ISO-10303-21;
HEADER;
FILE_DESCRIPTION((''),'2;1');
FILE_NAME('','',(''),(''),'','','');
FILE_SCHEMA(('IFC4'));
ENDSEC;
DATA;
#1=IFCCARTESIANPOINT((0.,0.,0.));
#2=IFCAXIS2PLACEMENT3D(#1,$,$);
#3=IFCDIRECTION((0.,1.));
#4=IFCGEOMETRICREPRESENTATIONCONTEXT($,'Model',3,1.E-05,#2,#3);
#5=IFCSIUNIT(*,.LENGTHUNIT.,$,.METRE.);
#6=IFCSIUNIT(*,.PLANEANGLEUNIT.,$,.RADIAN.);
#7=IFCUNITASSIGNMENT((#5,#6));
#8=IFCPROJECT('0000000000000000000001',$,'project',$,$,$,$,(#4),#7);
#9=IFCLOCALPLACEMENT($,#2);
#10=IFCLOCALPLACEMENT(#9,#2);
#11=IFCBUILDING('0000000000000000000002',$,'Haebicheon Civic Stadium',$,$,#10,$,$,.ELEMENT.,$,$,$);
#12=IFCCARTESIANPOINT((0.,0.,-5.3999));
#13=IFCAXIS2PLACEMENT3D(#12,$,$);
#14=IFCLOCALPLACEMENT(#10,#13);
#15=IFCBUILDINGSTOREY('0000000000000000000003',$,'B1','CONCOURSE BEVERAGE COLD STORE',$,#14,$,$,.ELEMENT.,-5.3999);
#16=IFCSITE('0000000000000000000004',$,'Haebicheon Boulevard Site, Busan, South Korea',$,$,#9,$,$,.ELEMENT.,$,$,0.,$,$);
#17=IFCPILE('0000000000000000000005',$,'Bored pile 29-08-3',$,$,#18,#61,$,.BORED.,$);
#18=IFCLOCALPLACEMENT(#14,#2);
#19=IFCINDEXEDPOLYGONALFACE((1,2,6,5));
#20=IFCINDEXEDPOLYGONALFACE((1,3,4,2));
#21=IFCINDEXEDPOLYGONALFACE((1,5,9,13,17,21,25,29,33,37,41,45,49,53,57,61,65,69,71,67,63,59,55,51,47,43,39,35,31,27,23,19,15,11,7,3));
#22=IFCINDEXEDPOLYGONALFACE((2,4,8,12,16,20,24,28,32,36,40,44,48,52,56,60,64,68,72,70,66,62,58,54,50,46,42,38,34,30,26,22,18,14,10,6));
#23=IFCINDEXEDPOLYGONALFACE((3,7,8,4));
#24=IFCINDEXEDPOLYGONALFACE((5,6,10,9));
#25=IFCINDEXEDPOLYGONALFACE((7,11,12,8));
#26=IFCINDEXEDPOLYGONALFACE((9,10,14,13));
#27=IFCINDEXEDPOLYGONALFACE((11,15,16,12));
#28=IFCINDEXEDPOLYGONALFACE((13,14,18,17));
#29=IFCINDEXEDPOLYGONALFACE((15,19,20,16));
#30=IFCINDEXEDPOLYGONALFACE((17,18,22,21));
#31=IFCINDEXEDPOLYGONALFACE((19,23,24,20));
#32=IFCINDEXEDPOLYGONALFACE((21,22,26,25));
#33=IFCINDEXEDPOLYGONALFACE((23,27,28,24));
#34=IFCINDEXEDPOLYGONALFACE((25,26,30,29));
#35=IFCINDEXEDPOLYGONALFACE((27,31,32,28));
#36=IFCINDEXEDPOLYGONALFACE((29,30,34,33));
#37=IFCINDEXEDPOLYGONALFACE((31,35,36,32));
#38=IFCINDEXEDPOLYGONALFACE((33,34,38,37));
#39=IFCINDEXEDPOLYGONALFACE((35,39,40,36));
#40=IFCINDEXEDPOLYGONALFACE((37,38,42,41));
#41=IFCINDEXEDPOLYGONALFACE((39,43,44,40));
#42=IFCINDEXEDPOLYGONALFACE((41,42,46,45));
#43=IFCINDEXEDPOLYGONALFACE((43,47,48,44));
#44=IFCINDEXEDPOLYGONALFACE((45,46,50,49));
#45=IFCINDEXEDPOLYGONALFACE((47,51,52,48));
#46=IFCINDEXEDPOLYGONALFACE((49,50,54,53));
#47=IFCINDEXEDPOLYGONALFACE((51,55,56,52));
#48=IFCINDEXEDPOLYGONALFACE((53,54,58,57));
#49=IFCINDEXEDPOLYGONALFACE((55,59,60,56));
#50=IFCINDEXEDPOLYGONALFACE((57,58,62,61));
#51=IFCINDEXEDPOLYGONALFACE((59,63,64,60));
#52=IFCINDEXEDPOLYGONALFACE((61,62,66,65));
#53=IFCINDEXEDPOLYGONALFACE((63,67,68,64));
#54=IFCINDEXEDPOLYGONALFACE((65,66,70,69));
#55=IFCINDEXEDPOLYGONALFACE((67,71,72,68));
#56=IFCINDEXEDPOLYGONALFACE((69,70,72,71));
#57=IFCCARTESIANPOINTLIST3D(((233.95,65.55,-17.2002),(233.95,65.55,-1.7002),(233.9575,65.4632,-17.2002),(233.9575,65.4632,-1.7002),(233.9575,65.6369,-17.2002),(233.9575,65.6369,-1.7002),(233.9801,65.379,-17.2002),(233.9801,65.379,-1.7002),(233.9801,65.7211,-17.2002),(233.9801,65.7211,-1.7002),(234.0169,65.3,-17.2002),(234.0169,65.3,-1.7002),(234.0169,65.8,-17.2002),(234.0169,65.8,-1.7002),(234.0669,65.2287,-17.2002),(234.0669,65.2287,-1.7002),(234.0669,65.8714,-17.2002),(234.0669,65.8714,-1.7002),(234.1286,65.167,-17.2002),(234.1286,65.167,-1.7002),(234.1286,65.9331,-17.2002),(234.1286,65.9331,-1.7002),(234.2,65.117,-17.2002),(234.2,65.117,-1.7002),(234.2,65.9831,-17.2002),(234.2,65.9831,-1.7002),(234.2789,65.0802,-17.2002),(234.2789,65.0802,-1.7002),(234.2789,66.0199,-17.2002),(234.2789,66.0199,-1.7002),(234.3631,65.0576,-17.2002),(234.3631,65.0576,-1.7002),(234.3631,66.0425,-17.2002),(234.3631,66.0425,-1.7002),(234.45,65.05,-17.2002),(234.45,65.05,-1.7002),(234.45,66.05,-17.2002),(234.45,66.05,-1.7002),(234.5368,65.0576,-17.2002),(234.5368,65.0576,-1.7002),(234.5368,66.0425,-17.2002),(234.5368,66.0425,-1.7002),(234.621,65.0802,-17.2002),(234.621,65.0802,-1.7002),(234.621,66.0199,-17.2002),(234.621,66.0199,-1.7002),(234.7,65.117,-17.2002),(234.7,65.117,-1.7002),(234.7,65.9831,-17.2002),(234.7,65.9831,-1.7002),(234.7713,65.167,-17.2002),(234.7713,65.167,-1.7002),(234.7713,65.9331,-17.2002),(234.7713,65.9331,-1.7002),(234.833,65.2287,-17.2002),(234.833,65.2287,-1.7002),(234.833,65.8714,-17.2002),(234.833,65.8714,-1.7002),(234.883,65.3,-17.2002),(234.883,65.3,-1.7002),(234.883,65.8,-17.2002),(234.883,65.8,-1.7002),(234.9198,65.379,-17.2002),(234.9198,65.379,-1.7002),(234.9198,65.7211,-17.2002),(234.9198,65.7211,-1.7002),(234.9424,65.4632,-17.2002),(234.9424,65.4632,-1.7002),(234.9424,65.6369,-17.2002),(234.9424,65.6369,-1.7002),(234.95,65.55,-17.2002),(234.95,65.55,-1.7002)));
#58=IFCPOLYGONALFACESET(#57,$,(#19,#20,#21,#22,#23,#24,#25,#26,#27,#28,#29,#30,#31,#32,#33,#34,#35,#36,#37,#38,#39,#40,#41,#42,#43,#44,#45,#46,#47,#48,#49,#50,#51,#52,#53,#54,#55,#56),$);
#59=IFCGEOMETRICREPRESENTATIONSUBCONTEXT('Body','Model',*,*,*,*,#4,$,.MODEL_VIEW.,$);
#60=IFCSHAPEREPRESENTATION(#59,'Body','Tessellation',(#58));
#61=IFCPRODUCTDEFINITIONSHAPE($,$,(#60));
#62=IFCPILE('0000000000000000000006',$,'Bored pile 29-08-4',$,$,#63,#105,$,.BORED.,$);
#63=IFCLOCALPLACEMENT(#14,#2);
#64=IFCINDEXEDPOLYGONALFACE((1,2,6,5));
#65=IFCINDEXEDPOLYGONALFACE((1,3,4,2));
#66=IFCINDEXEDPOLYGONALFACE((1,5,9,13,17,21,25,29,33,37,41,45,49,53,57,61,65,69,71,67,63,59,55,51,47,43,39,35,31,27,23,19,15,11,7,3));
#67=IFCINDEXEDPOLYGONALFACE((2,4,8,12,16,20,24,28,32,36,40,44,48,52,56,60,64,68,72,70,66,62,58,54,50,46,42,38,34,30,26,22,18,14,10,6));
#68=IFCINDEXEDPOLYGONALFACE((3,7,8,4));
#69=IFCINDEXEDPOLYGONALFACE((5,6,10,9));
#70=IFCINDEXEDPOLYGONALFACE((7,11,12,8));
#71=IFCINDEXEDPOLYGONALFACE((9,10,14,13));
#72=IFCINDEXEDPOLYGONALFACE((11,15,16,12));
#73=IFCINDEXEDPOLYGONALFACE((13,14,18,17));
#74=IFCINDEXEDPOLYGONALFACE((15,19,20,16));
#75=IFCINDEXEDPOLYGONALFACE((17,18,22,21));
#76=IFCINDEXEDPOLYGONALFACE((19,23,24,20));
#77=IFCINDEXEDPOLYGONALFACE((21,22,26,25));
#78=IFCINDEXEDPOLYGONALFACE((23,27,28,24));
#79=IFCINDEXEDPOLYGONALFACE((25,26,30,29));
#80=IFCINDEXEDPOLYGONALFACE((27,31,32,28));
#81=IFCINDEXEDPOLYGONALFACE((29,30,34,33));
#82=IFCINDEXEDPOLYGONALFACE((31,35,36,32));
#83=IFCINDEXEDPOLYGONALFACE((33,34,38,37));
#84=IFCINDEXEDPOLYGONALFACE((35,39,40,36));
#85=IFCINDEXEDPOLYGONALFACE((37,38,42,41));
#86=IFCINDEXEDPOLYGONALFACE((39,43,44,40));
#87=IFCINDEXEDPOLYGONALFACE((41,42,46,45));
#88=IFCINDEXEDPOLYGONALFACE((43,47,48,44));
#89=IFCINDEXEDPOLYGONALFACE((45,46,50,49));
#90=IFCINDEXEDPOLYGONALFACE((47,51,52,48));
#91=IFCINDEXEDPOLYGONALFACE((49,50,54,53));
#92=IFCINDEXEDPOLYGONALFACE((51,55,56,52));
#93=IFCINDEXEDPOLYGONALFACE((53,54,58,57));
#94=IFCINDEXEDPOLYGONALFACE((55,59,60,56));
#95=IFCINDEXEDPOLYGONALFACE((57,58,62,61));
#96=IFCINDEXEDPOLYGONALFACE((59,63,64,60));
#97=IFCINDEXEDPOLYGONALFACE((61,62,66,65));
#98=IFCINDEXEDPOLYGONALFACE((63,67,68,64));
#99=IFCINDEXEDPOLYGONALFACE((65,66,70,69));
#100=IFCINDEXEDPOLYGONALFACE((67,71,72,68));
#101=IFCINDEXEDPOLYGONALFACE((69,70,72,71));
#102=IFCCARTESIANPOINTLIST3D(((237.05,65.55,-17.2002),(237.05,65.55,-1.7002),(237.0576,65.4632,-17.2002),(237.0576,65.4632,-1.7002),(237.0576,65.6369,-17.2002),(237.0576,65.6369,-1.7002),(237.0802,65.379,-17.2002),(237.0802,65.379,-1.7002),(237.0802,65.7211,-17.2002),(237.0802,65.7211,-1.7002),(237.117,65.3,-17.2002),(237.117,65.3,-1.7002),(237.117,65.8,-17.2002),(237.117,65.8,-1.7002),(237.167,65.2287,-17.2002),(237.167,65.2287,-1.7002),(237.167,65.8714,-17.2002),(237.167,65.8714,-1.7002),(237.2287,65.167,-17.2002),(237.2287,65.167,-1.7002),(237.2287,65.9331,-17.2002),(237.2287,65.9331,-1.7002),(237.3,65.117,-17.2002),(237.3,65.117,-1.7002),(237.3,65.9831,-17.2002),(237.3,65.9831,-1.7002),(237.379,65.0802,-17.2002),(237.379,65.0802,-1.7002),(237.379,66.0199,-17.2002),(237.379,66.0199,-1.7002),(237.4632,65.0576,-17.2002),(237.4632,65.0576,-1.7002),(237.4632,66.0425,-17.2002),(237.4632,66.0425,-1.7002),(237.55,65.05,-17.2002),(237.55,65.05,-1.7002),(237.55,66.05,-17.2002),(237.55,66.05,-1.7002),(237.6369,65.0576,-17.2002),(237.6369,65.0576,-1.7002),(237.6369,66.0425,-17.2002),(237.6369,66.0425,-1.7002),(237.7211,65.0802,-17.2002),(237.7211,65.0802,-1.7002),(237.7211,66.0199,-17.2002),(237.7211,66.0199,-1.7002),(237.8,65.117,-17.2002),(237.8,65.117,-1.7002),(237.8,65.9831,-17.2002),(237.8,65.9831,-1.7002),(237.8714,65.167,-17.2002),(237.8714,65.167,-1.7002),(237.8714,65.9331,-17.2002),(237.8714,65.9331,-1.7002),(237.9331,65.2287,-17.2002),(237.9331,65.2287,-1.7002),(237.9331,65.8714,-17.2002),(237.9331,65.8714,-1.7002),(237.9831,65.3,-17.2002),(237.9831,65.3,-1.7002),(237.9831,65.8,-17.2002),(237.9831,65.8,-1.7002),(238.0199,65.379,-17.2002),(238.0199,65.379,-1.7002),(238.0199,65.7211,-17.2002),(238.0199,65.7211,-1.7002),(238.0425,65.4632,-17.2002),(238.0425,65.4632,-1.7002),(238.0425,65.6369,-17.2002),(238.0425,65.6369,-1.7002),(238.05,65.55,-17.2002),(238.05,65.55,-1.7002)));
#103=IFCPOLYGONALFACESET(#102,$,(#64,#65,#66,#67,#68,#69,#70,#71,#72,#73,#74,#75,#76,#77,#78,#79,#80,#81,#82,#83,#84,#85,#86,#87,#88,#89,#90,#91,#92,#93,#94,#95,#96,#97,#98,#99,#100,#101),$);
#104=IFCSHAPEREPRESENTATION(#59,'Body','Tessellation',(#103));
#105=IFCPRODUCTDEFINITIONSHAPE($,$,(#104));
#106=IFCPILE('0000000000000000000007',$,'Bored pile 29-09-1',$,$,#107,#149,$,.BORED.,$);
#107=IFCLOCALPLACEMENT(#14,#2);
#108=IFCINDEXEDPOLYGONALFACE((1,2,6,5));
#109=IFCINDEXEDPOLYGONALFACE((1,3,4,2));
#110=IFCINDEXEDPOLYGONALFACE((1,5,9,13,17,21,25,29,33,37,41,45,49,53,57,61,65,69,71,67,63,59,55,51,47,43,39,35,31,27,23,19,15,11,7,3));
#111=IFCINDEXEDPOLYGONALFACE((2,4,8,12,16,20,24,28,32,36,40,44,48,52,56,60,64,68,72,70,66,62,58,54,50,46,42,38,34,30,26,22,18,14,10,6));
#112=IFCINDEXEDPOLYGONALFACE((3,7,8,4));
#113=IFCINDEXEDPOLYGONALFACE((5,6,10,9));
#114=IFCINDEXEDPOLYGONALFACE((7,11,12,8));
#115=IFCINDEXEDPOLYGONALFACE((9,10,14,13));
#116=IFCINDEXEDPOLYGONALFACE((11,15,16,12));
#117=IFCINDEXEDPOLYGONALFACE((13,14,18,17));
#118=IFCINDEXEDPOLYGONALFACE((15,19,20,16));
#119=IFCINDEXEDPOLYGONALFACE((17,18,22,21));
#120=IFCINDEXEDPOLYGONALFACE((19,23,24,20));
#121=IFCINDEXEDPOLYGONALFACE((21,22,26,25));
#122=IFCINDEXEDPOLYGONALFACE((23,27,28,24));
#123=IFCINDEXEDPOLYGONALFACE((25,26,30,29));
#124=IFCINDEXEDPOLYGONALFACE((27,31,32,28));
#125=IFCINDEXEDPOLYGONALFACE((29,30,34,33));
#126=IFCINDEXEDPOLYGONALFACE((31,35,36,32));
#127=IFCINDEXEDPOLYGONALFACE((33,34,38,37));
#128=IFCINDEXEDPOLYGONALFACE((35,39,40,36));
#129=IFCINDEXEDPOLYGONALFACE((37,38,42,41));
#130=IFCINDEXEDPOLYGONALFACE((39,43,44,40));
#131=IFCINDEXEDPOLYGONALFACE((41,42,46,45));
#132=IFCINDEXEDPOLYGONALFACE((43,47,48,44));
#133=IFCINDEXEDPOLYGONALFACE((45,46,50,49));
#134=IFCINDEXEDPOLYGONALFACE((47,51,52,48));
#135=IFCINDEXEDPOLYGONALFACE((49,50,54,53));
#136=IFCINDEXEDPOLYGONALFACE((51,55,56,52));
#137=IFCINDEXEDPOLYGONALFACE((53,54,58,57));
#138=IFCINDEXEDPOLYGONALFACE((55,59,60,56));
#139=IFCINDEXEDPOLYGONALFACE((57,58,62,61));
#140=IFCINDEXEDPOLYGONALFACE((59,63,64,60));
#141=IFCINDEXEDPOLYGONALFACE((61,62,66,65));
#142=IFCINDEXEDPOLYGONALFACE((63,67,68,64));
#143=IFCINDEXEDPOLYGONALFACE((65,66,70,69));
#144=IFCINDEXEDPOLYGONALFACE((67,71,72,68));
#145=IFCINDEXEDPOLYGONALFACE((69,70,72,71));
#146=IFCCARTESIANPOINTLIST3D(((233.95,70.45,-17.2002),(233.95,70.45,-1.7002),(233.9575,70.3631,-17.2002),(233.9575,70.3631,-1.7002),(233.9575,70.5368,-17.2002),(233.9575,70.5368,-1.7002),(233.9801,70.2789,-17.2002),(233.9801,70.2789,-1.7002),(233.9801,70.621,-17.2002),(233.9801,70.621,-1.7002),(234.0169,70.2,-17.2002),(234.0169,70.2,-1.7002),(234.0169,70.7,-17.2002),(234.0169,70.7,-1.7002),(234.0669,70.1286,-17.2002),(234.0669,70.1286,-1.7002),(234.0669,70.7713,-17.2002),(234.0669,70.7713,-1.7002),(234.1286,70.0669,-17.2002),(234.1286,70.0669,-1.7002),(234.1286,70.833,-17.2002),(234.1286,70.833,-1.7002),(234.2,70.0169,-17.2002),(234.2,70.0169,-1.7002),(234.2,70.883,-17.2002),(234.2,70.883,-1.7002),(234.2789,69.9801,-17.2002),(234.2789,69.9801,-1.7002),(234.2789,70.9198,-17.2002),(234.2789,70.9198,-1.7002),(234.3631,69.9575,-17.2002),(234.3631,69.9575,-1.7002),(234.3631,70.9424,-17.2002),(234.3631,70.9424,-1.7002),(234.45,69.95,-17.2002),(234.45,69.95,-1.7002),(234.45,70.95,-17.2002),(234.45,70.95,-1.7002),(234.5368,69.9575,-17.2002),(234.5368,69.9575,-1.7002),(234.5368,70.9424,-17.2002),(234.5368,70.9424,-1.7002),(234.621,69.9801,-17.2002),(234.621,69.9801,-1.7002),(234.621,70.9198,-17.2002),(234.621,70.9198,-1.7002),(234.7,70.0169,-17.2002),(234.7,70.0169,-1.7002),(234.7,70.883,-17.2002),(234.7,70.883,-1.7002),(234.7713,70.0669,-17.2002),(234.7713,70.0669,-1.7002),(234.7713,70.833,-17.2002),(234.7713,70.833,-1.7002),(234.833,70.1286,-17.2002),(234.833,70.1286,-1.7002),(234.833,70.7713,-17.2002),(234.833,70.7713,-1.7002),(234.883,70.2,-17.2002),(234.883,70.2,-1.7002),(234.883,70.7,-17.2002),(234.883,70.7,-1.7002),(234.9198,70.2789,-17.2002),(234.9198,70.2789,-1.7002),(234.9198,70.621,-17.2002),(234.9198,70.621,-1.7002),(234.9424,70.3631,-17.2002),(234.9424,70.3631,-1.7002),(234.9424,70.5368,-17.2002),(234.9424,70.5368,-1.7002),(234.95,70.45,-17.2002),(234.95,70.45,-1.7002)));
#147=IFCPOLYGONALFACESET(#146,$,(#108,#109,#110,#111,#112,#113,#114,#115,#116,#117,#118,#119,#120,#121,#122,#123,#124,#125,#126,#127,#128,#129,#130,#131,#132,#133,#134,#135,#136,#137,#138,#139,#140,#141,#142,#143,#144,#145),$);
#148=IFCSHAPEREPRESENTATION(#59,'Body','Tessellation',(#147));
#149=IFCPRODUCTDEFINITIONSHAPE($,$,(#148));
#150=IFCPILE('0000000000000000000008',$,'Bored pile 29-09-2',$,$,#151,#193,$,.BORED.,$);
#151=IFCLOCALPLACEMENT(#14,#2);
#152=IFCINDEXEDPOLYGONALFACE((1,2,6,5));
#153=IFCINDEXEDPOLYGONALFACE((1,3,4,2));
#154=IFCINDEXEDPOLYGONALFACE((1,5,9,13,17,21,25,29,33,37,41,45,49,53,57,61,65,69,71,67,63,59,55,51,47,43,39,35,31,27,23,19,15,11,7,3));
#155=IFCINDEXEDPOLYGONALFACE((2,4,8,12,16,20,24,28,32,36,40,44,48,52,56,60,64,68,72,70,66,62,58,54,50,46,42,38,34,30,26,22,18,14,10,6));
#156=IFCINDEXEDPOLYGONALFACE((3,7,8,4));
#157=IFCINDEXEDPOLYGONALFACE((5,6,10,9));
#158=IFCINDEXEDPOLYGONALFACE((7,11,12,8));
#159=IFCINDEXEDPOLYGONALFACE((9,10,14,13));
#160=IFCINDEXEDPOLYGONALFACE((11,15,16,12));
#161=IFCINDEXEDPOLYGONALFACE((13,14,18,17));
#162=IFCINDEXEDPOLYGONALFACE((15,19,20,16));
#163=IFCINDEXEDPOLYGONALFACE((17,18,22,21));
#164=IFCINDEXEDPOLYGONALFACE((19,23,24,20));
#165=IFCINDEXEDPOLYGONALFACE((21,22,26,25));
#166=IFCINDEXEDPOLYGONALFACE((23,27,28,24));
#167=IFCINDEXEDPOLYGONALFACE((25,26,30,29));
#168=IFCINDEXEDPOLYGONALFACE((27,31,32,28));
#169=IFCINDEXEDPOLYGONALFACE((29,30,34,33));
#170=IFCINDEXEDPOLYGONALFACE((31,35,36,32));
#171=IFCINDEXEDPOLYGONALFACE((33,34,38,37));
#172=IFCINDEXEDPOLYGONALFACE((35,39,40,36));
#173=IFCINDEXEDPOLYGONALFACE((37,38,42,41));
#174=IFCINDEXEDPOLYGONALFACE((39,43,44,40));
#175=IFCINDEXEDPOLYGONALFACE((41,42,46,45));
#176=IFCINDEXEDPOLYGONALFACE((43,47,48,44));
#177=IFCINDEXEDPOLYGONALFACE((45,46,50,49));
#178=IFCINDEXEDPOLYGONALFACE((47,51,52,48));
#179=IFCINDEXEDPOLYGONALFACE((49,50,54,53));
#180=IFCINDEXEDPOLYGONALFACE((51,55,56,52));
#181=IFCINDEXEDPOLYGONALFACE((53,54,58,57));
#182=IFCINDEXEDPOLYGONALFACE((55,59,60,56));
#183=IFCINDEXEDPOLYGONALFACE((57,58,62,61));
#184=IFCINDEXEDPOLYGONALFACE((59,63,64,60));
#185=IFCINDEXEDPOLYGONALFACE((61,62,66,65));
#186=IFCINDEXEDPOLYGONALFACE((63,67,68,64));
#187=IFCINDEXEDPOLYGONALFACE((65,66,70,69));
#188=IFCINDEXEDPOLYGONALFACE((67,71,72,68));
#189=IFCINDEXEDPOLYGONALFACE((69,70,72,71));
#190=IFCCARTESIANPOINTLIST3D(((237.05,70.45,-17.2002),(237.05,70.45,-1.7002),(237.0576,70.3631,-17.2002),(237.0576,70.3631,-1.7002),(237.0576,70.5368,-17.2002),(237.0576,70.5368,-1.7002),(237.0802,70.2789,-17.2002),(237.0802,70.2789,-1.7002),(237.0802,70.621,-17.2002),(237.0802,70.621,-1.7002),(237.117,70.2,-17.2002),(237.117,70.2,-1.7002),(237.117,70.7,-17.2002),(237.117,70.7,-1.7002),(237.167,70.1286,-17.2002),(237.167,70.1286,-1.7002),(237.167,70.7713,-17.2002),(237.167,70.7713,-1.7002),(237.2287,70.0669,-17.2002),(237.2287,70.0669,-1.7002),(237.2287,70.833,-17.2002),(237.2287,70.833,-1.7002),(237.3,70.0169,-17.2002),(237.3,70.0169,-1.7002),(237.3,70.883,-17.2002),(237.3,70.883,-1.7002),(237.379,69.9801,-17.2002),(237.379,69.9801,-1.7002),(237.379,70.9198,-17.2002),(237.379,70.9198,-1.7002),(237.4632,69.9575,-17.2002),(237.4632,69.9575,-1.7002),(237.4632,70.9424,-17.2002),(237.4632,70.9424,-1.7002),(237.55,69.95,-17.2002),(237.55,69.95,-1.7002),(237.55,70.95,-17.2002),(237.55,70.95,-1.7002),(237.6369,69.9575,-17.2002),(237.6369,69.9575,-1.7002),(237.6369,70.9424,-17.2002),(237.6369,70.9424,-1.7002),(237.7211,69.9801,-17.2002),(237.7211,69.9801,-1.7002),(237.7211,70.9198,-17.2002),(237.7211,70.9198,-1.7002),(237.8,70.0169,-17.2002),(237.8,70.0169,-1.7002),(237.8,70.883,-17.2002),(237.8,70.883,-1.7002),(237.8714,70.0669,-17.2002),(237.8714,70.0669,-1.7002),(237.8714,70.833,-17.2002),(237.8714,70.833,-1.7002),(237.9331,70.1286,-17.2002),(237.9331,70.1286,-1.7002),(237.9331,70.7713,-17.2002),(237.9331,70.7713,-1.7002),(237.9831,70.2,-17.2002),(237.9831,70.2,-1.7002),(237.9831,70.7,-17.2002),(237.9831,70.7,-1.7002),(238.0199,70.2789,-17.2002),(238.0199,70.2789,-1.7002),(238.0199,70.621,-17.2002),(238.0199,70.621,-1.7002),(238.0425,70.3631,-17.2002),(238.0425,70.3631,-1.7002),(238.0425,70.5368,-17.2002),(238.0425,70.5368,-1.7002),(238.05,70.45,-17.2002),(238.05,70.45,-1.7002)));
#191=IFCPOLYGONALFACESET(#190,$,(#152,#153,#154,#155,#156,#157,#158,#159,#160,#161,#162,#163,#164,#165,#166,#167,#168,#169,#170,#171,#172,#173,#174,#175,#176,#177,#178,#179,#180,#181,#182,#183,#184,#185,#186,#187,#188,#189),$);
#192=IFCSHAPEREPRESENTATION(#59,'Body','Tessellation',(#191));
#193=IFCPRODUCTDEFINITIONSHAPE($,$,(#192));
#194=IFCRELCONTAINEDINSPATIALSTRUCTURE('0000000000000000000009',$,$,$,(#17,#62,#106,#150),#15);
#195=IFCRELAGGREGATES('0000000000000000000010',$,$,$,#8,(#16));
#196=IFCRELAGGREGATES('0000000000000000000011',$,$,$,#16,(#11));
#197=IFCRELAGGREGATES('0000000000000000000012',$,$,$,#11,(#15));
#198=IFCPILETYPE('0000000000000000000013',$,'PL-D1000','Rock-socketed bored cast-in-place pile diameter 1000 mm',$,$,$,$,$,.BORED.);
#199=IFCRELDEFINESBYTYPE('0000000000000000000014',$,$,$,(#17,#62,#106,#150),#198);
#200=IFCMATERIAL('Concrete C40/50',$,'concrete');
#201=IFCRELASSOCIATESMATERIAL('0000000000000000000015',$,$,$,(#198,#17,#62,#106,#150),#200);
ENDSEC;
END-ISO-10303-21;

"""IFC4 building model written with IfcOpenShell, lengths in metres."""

from ifc_helpers import new_model, si_unit, direction, frame, origin, origin_2d, place, context, subcontext, project, spatial, circle, extrude, material, material_profile, profile_set, type_object, element, save


model = new_model("IFC4")

# Units and contexts
model_context = context("Model", 3, precision=1e-05, world=origin(), true_north=direction((0.0, 1.0)))
body_context = subcontext(model_context, "Body", "Model", "MODEL_VIEW")
ifc_project = project(units=[si_unit("LENGTHUNIT", "METRE"), si_unit("PLANEANGLEUNIT", "RADIAN")], contexts=[model_context])

# Site, building, storey
site_placement = place(None, origin())
site = spatial("IfcSite", under=ifc_project, at=site_placement, Name="Haebicheon Boulevard Site, Busan, South Korea", CompositionType="ELEMENT", RefElevation=0.0)
building_placement = place(site_placement, origin())
building = spatial("IfcBuilding", under=site, at=building_placement, Name="Haebicheon Civic Stadium", CompositionType="ELEMENT")
storey_placement = place(building_placement, frame((0.0, 0.0, -5.3999)))
storey = spatial("IfcBuildingStorey", under=building, at=storey_placement, Name="B1", Description="CONCOURSE BEVERAGE COLD STORE", CompositionType="ELEMENT", Elevation=-5.3999)

# Piles
ifc_material_1 = material(Name="Concrete C40/50", Category="concrete")
ifc_material_profile_1 = material_profile(ifc_material_1, circle(Radius=0.5, at=origin_2d()), Name="PILE-D1000")
ifc_profile_set_1 = profile_set([ifc_material_profile_1], Name="Concrete C40/50")
pile_type = type_object("IfcPileType", Name="PL-D1000", Description="Rock-socketed bored cast-in-place pile diameter 1000 mm", PredefinedType="BORED", material=ifc_profile_set_1)
for number, where, z_axis, x_axis, name in (
    (1, (234.45, 65.55, -1.7002), (0.0, 0.0, -1.0), (1.0, 0.0, 0.0), "Bored pile 29-08-3"),
    (2, (237.55, 65.55, -1.7002), (0.0, 0.0, -1.0), (1.0, 0.0, 0.0), "Bored pile 29-08-4"),
    (3, (234.45, 70.45, -1.7002), (0.0, 0.0, -1.0), (1.0, 0.0, 0.0), "Bored pile 29-09-1"),
    (4, (237.55, 70.45, -1.7002), (0.0, 0.0, -1.0), (1.0, 0.0, 0.0), "Bored pile 29-09-2"),
):
    element("IfcPile", number, at=place(storey_placement, frame(where, z_axis=z_axis, x_axis=x_axis)), inside=storey, type_object=pile_type, material=ifc_profile_set_1, Name=name, PredefinedType="BORED", context=body_context, shape_type="SweptSolid", body=[
        extrude(circle(Radius=0.5, at=origin_2d()), origin(), (0.0, 0.0, 1.0), 15.5),
    ])

save(model, "model.ifc")
